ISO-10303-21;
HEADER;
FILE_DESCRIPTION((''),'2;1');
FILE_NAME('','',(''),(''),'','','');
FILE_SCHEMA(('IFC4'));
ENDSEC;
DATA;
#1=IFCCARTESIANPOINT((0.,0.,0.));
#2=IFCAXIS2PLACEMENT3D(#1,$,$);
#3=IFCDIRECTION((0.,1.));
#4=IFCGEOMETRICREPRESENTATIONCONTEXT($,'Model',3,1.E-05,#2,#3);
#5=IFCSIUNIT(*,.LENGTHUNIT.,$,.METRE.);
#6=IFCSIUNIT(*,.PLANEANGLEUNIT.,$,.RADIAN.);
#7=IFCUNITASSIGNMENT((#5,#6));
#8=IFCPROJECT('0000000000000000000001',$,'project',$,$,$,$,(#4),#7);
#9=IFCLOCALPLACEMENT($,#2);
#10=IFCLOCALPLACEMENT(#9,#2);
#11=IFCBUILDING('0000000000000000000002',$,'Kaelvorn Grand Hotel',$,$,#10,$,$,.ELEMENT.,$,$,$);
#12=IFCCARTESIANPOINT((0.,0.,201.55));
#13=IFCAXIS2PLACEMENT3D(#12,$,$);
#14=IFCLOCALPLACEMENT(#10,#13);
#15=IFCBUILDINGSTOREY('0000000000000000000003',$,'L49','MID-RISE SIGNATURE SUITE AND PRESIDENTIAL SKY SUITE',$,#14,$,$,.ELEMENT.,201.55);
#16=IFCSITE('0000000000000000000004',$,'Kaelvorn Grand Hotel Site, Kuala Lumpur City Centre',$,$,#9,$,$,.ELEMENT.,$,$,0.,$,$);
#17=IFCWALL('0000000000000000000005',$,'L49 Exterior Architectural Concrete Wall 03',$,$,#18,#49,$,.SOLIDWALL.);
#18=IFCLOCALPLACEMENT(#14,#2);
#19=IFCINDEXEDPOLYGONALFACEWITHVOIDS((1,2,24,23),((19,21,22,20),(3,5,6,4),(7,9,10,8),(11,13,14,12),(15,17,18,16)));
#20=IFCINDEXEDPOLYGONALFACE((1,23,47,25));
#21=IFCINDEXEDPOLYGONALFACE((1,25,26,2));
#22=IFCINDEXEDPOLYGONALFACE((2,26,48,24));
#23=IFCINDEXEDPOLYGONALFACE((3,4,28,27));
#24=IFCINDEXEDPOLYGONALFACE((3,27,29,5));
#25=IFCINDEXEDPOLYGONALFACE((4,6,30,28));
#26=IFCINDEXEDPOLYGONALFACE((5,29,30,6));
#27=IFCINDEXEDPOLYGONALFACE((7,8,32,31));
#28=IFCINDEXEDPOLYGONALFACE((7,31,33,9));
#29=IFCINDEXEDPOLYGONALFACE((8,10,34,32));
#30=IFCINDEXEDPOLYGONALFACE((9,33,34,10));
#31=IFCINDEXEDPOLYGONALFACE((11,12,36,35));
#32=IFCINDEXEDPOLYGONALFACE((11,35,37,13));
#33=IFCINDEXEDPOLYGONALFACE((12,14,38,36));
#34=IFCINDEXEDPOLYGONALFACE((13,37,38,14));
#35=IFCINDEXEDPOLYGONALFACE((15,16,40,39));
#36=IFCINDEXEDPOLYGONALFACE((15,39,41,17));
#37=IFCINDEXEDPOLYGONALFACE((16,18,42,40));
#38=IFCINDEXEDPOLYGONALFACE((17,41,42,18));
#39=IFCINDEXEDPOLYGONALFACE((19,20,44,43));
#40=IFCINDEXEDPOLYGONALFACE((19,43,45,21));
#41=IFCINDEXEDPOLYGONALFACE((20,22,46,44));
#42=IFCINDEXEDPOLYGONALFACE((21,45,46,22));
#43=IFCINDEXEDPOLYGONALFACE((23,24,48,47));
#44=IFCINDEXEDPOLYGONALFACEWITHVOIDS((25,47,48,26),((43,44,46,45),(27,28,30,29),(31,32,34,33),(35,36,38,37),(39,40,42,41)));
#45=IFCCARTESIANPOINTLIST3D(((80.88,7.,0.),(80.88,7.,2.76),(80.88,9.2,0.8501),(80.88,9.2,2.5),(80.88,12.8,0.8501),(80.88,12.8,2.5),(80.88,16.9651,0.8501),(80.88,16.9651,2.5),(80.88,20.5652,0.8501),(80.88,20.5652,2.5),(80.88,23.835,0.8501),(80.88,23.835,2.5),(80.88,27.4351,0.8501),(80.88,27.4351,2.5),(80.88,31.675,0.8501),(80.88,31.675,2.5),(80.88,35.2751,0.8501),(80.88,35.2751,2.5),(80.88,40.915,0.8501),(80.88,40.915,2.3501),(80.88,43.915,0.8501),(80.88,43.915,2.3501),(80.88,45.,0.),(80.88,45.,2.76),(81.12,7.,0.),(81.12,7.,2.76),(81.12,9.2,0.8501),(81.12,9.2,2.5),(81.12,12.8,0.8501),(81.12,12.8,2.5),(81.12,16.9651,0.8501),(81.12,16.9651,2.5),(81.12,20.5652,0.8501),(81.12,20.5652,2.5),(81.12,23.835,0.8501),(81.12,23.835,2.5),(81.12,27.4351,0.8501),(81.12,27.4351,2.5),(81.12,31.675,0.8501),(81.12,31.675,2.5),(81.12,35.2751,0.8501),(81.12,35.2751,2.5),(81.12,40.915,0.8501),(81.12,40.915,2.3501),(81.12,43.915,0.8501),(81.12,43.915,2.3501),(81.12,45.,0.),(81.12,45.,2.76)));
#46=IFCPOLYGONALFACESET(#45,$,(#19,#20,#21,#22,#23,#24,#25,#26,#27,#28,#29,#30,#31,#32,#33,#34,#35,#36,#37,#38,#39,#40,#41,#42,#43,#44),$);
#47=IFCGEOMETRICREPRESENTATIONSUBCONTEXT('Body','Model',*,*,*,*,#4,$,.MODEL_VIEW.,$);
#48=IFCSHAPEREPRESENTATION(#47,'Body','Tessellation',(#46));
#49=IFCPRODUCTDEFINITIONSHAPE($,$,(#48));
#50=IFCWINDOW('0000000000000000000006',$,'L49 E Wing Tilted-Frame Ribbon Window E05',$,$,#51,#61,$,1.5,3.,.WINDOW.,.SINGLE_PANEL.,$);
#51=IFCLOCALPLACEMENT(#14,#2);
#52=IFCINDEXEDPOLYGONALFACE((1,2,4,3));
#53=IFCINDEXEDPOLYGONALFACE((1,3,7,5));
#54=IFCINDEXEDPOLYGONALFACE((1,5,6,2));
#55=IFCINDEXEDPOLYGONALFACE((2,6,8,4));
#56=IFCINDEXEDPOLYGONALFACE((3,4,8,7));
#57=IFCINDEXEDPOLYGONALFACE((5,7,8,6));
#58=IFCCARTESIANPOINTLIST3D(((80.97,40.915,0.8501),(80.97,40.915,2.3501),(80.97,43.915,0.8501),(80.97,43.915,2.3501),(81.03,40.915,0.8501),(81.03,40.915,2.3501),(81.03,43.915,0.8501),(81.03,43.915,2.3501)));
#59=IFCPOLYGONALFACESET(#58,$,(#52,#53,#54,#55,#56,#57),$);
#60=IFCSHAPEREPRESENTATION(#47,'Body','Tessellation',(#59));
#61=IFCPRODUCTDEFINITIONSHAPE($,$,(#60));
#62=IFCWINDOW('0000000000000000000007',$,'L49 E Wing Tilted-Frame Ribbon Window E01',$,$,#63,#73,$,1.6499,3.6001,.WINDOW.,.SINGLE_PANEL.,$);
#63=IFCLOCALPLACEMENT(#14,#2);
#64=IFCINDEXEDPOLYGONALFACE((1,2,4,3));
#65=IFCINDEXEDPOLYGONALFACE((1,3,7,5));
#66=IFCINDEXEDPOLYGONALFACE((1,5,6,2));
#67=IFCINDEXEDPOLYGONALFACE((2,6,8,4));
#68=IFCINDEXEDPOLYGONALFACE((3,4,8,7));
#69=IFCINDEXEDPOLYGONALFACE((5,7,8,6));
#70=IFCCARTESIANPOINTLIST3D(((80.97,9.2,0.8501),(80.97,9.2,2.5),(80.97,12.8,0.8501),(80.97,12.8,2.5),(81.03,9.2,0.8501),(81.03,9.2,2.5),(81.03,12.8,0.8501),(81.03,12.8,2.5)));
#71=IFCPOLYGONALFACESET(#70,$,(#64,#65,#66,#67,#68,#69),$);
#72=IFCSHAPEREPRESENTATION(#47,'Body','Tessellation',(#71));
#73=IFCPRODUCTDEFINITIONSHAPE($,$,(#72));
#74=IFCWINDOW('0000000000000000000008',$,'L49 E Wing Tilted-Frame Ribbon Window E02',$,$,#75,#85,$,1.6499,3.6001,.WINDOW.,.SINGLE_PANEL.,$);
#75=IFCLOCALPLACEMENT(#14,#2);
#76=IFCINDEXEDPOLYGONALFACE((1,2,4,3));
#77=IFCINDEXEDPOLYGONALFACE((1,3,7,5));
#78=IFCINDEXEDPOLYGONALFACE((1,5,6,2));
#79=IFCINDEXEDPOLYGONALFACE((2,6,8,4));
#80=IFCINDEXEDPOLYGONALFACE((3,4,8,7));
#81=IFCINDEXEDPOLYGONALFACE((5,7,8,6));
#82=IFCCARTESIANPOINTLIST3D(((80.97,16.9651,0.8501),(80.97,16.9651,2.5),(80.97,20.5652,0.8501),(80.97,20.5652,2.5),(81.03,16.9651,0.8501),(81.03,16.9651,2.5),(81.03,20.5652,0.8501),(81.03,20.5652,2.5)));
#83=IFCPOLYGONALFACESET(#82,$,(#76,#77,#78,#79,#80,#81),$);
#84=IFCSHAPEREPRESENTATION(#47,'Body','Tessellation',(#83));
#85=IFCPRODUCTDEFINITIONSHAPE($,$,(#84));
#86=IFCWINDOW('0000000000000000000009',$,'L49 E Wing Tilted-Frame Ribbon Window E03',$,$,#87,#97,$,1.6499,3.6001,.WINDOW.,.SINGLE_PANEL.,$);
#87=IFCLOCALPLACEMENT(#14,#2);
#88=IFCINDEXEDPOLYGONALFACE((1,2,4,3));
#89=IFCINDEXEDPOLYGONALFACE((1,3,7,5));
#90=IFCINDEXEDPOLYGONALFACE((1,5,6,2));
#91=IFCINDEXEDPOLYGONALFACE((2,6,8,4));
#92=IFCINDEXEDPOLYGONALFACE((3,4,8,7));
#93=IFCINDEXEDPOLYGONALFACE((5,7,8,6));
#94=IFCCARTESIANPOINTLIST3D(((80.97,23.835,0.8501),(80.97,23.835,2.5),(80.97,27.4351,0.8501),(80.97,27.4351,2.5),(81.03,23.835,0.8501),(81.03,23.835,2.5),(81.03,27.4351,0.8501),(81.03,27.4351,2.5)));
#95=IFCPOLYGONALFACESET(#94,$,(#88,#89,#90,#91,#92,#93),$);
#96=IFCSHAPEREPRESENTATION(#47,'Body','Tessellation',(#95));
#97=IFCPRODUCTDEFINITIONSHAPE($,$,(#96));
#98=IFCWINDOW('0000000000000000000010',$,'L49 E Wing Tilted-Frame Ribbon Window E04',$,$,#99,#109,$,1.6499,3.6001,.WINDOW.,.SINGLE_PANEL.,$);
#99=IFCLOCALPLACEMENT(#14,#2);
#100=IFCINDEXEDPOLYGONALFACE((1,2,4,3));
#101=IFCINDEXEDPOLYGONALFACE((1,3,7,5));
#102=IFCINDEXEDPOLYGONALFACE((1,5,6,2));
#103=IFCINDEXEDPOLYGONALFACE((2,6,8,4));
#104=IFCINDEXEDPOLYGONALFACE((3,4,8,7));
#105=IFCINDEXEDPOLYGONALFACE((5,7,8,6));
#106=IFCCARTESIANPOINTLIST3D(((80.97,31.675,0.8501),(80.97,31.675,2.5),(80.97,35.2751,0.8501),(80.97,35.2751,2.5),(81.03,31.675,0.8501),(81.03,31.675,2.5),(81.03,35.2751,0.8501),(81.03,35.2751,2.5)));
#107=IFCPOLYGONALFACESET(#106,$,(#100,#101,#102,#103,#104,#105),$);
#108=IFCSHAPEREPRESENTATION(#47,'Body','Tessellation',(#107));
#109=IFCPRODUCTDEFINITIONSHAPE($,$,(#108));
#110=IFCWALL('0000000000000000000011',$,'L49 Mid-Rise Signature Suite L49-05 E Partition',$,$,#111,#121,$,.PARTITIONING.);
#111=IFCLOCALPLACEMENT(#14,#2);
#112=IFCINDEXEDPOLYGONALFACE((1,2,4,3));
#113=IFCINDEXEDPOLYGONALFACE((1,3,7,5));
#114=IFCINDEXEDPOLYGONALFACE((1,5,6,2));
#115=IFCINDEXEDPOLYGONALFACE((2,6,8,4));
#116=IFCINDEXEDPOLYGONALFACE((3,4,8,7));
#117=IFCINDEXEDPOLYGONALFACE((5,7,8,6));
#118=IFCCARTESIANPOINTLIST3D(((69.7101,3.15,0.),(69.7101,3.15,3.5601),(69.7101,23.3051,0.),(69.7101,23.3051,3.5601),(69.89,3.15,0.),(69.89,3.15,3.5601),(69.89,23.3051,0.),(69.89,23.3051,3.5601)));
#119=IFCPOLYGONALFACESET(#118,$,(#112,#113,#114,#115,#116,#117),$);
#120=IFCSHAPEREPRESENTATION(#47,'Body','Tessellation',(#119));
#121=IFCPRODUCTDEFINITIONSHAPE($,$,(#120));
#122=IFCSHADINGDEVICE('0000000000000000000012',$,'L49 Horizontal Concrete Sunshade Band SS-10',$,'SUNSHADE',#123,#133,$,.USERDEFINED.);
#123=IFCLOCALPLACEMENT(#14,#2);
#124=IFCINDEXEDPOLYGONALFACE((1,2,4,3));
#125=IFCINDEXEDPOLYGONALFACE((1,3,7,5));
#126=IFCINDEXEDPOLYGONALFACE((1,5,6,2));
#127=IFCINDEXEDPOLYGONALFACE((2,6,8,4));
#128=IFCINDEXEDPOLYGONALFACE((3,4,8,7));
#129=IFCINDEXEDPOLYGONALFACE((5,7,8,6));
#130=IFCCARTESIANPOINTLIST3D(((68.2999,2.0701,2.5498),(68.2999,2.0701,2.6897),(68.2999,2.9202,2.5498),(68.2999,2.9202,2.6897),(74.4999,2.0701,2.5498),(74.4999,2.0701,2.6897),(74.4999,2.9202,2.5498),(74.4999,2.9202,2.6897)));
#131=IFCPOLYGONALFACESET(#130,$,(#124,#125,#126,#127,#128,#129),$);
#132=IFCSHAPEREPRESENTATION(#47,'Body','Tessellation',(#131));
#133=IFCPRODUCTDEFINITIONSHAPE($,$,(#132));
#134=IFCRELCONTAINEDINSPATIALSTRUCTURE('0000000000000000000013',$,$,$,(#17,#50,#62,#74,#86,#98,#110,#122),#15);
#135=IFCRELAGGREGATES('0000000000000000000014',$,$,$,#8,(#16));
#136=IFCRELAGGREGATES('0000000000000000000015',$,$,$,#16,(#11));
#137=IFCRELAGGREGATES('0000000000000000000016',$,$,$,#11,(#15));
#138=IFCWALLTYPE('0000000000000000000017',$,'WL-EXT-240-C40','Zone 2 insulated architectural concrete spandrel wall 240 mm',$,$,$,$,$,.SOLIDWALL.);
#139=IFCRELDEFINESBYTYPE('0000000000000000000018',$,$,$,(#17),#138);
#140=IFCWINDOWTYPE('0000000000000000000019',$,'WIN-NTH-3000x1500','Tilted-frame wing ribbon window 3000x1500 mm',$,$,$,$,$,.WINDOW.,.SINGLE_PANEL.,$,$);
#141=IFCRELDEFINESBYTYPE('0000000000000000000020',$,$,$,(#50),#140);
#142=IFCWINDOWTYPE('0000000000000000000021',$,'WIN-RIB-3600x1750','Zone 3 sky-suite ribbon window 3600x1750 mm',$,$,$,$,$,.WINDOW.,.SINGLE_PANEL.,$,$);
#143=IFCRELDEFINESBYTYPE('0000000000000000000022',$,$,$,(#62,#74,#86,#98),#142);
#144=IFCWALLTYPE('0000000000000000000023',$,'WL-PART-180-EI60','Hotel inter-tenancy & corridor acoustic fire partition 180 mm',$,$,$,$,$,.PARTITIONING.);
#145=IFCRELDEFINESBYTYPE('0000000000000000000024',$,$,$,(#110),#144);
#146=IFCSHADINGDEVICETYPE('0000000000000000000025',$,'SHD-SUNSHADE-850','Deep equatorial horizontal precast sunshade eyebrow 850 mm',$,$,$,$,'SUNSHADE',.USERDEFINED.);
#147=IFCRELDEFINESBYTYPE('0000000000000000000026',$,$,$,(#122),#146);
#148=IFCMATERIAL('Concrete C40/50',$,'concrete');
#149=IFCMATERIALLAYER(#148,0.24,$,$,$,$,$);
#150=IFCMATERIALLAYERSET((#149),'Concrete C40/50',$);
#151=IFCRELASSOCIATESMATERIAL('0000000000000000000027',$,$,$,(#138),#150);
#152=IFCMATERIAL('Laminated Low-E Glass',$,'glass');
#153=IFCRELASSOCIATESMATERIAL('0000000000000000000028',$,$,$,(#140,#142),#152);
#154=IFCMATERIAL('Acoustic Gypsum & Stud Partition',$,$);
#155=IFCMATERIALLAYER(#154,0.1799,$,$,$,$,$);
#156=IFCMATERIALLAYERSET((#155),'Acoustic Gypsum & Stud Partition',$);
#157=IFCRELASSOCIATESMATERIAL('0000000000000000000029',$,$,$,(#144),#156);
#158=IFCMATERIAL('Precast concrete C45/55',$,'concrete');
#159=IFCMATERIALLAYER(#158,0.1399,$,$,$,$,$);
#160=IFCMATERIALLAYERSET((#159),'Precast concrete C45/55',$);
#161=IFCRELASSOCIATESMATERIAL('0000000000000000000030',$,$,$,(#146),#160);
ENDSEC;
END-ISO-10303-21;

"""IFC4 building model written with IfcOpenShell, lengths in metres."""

from ifc_helpers import new_model, si_unit, direction, frame, frame_2d, origin, origin_2d, place, context, subcontext, project, spatial, rectangle, extrude, material, layer, layer_set, type_object, element, fill, save


model = new_model("IFC4")

# Units and contexts
model_context = context("Model", 3, precision=1e-05, world=origin(), true_north=direction((0.0, 1.0)))
body_context = subcontext(model_context, "Body", "Model", "MODEL_VIEW")
ifc_project = project(units=[si_unit("LENGTHUNIT", "METRE"), si_unit("PLANEANGLEUNIT", "RADIAN")], contexts=[model_context])

# Site, building, storey
site_placement = place(None, origin())
site = spatial("IfcSite", under=ifc_project, at=site_placement, Name="Kaelvorn Grand Hotel Site, Kuala Lumpur City Centre", CompositionType="ELEMENT", RefElevation=0.0)
building_placement = place(site_placement, origin())
building = spatial("IfcBuilding", under=site, at=building_placement, Name="Kaelvorn Grand Hotel", CompositionType="ELEMENT")
storey_placement = place(building_placement, frame((0.0, 0.0, 201.55)))
storey = spatial("IfcBuildingStorey", under=building, at=storey_placement, Name="L49", Description="MID-RISE SIGNATURE SUITE AND PRESIDENTIAL SKY SUITE", CompositionType="ELEMENT", Elevation=201.55)

# Shared definitions
ifc_material_1 = material(Name="Concrete C40/50", Category="concrete")

# Shared definitions
ifc_material_2 = material(Name="Precast concrete C45/55", Category="concrete")

# Shared definitions
ifc_layer_1 = layer(ifc_material_1, 0.24)
ifc_layer_set_1 = layer_set([ifc_layer_1], Name="Concrete C40/50")
wall_type_1 = type_object("IfcWallType", Name="WL-EXT-240-C40", Description="Zone 2 insulated architectural concrete spandrel wall 240 mm", PredefinedType="SOLIDWALL", material=ifc_layer_set_1)
ifc_material_3 = material(Name="Laminated Low-E Glass", Category="glass")

# Wall, openings, windows
wall_1_placement = place(storey_placement, frame((81.0, 7.0, 0.0), z_axis=(0.0, 0.0, 1.0), x_axis=(0.0, 1.0, 0.0)))
wall_1 = element("IfcWall", 1, at=wall_1_placement, inside=storey, type_object=wall_type_1, Name="L49 Exterior Architectural Concrete Wall 03", PredefinedType="SOLIDWALL", context=body_context, shape_type="SweptSolid", body=[
    extrude(rectangle(XDim=38.0, YDim=0.24, at=frame_2d((19.0, 0.0))), origin(), (0.0, 0.0, 1.0), 2.76),
])
opening_1_placement = place(wall_1_placement, frame((2.2, 0.0, 0.8501)))
opening_1 = element("IfcOpeningElement", 2, at=opening_1_placement, cuts=wall_1, PredefinedType="OPENING", context=body_context, shape_type="SweptSolid", body=[
    extrude(rectangle(XDim=3.6001, YDim=1.6499, at=frame_2d((1.8, 0.825))), frame((0.0, 0.1299, 0.0), z_axis=(0.0, -1.0, 0.0), x_axis=(1.0, 0.0, 0.0)), (0.0, 0.0, 1.0), 0.26),
])
opening_2_placement = place(wall_1_placement, frame((9.9651, 0.0, 0.8501)))
opening_2 = element("IfcOpeningElement", 3, at=opening_2_placement, cuts=wall_1, PredefinedType="OPENING", context=body_context, shape_type="SweptSolid", body=[
    extrude(rectangle(XDim=3.6001, YDim=1.6499, at=frame_2d((1.8, 0.825))), frame((0.0, 0.1299, 0.0), z_axis=(0.0, -1.0, 0.0), x_axis=(1.0, 0.0, 0.0)), (0.0, 0.0, 1.0), 0.26),
])
opening_3_placement = place(wall_1_placement, frame((16.835, 0.0, 0.8501)))
opening_3 = element("IfcOpeningElement", 4, at=opening_3_placement, cuts=wall_1, PredefinedType="OPENING", context=body_context, shape_type="SweptSolid", body=[
    extrude(rectangle(XDim=3.6001, YDim=1.6499, at=frame_2d((1.8, 0.825))), frame((0.0, 0.1299, 0.0), z_axis=(0.0, -1.0, 0.0), x_axis=(1.0, 0.0, 0.0)), (0.0, 0.0, 1.0), 0.26),
])
opening_4_placement = place(wall_1_placement, frame((24.675, 0.0, 0.8501)))
opening_4 = element("IfcOpeningElement", 5, at=opening_4_placement, cuts=wall_1, PredefinedType="OPENING", context=body_context, shape_type="SweptSolid", body=[
    extrude(rectangle(XDim=3.6001, YDim=1.6499, at=frame_2d((1.8, 0.825))), frame((0.0, 0.1299, 0.0), z_axis=(0.0, -1.0, 0.0), x_axis=(1.0, 0.0, 0.0)), (0.0, 0.0, 1.0), 0.26),
])
opening_5_placement = place(wall_1_placement, frame((33.915, 0.0, 0.8501)))
opening_5 = element("IfcOpeningElement", 6, at=opening_5_placement, cuts=wall_1, PredefinedType="OPENING", context=body_context, shape_type="SweptSolid", body=[
    extrude(rectangle(XDim=3.0, YDim=1.5, at=frame_2d((1.5, 0.75))), frame((0.0, 0.1299, 0.0), z_axis=(0.0, -1.0, 0.0), x_axis=(1.0, 0.0, 0.0)), (0.0, 0.0, 1.0), 0.26),
])
window_type_1 = type_object("IfcWindowType", Name="WIN-NTH-3000x1500", Description="Tilted-frame wing ribbon window 3000x1500 mm", PartitioningType="SINGLE_PANEL", PredefinedType="WINDOW", material=ifc_material_3)
window_1_placement = place(opening_5_placement, origin())
window_1 = element("IfcWindow", 7, at=window_1_placement, inside=storey, type_object=window_type_1, Name="L49 E Wing Tilted-Frame Ribbon Window E05", OverallHeight=1.5, OverallWidth=3.0, PartitioningType="SINGLE_PANEL", PredefinedType="WINDOW", context=body_context, shape_type="SweptSolid", body=[
    extrude(rectangle(XDim=3.0, YDim=1.5, at=frame_2d((1.5, 0.75))), frame((0.0, 0.03, 0.0), z_axis=(0.0, -1.0, 0.0), x_axis=(1.0, 0.0, 0.0)), (0.0, 0.0, 1.0), 0.0601),
])
fill(opening_5, window_1)
window_type_2 = type_object("IfcWindowType", Name="WIN-RIB-3600x1750", Description="Zone 3 sky-suite ribbon window 3600x1750 mm", PartitioningType="SINGLE_PANEL", PredefinedType="WINDOW", material=ifc_material_3)
window_2_placement = place(opening_1_placement, origin())
window_2 = element("IfcWindow", 8, at=window_2_placement, inside=storey, type_object=window_type_2, Name="L49 E Wing Tilted-Frame Ribbon Window E01", OverallHeight=1.6499, OverallWidth=3.6001, PartitioningType="SINGLE_PANEL", PredefinedType="WINDOW", context=body_context, shape_type="SweptSolid", body=[
    extrude(rectangle(XDim=3.6001, YDim=1.6499, at=frame_2d((1.8, 0.825))), frame((0.0, 0.03, 0.0), z_axis=(0.0, -1.0, 0.0), x_axis=(1.0, 0.0, 0.0)), (0.0, 0.0, 1.0), 0.0601),
])
fill(opening_1, window_2)
window_3_placement = place(opening_2_placement, origin())
window_3 = element("IfcWindow", 9, at=window_3_placement, inside=storey, type_object=window_type_2, Name="L49 E Wing Tilted-Frame Ribbon Window E02", OverallHeight=1.6499, OverallWidth=3.6001, PartitioningType="SINGLE_PANEL", PredefinedType="WINDOW", context=body_context, shape_type="SweptSolid", body=[
    extrude(rectangle(XDim=3.6001, YDim=1.6499, at=frame_2d((1.8, 0.825))), frame((0.0, 0.03, 0.0), z_axis=(0.0, -1.0, 0.0), x_axis=(1.0, 0.0, 0.0)), (0.0, 0.0, 1.0), 0.0601),
])
fill(opening_2, window_3)
window_4_placement = place(opening_3_placement, origin())
window_4 = element("IfcWindow", 10, at=window_4_placement, inside=storey, type_object=window_type_2, Name="L49 E Wing Tilted-Frame Ribbon Window E03", OverallHeight=1.6499, OverallWidth=3.6001, PartitioningType="SINGLE_PANEL", PredefinedType="WINDOW", context=body_context, shape_type="SweptSolid", body=[
    extrude(rectangle(XDim=3.6001, YDim=1.6499, at=frame_2d((1.8, 0.825))), frame((0.0, 0.03, 0.0), z_axis=(0.0, -1.0, 0.0), x_axis=(1.0, 0.0, 0.0)), (0.0, 0.0, 1.0), 0.0601),
])
fill(opening_3, window_4)
window_5_placement = place(opening_4_placement, origin())
window_5 = element("IfcWindow", 11, at=window_5_placement, inside=storey, type_object=window_type_2, Name="L49 E Wing Tilted-Frame Ribbon Window E04", OverallHeight=1.6499, OverallWidth=3.6001, PartitioningType="SINGLE_PANEL", PredefinedType="WINDOW", context=body_context, shape_type="SweptSolid", body=[
    extrude(rectangle(XDim=3.6001, YDim=1.6499, at=frame_2d((1.8, 0.825))), frame((0.0, 0.03, 0.0), z_axis=(0.0, -1.0, 0.0), x_axis=(1.0, 0.0, 0.0)), (0.0, 0.0, 1.0), 0.0601),
])
fill(opening_4, window_5)

# Wall
ifc_material_4 = material(Name="Acoustic Gypsum & Stud Partition")
ifc_layer_2 = layer(ifc_material_4, 0.1799)
ifc_layer_set_2 = layer_set([ifc_layer_2], Name="Acoustic Gypsum & Stud Partition")
wall_type_2 = type_object("IfcWallType", Name="WL-PART-180-EI60", Description="Hotel inter-tenancy & corridor acoustic fire partition 180 mm", PredefinedType="PARTITIONING", material=ifc_layer_set_2)
wall_2_placement = place(storey_placement, frame((69.8, 3.1499, 0.0), z_axis=(0.0, 0.0, 1.0), x_axis=(0.0, 1.0, 0.0)))
element("IfcWall", 12, at=wall_2_placement, inside=storey, type_object=wall_type_2, Name="L49 Mid-Rise Signature Suite L49-05 E Partition", PredefinedType="PARTITIONING", context=body_context, shape_type="SweptSolid", body=[
    extrude(rectangle(XDim=20.155, YDim=0.1799, at=frame_2d((10.0776, 0.0))), origin(), (0.0, 0.0, 1.0), 3.5601),
])

# Shading device
ifc_layer_3 = layer(ifc_material_2, 0.1399)
ifc_layer_set_3 = layer_set([ifc_layer_3], Name="Precast concrete C45/55")
shading_device_type = type_object("IfcShadingDeviceType", Name="SHD-SUNSHADE-850", Description="Deep equatorial horizontal precast sunshade eyebrow 850 mm", ElementType="SUNSHADE", PredefinedType="USERDEFINED", material=ifc_layer_set_3)
shading_device_placement = place(storey_placement, frame((71.3999, 2.4951, 2.5498), z_axis=(0.0, 0.0, 1.0), x_axis=(1.0, 0.0, 0.0)))
element("IfcShadingDevice", 13, at=shading_device_placement, inside=storey, type_object=shading_device_type, Name="L49 Horizontal Concrete Sunshade Band SS-10", ObjectType="SUNSHADE", PredefinedType="USERDEFINED", context=body_context, shape_type="SweptSolid", body=[
    extrude(rectangle(XDim=6.2, YDim=0.8501, at=origin_2d()), origin(), (0.0, 0.0, 1.0), 0.1399),
])

save(model, "model.ifc")
